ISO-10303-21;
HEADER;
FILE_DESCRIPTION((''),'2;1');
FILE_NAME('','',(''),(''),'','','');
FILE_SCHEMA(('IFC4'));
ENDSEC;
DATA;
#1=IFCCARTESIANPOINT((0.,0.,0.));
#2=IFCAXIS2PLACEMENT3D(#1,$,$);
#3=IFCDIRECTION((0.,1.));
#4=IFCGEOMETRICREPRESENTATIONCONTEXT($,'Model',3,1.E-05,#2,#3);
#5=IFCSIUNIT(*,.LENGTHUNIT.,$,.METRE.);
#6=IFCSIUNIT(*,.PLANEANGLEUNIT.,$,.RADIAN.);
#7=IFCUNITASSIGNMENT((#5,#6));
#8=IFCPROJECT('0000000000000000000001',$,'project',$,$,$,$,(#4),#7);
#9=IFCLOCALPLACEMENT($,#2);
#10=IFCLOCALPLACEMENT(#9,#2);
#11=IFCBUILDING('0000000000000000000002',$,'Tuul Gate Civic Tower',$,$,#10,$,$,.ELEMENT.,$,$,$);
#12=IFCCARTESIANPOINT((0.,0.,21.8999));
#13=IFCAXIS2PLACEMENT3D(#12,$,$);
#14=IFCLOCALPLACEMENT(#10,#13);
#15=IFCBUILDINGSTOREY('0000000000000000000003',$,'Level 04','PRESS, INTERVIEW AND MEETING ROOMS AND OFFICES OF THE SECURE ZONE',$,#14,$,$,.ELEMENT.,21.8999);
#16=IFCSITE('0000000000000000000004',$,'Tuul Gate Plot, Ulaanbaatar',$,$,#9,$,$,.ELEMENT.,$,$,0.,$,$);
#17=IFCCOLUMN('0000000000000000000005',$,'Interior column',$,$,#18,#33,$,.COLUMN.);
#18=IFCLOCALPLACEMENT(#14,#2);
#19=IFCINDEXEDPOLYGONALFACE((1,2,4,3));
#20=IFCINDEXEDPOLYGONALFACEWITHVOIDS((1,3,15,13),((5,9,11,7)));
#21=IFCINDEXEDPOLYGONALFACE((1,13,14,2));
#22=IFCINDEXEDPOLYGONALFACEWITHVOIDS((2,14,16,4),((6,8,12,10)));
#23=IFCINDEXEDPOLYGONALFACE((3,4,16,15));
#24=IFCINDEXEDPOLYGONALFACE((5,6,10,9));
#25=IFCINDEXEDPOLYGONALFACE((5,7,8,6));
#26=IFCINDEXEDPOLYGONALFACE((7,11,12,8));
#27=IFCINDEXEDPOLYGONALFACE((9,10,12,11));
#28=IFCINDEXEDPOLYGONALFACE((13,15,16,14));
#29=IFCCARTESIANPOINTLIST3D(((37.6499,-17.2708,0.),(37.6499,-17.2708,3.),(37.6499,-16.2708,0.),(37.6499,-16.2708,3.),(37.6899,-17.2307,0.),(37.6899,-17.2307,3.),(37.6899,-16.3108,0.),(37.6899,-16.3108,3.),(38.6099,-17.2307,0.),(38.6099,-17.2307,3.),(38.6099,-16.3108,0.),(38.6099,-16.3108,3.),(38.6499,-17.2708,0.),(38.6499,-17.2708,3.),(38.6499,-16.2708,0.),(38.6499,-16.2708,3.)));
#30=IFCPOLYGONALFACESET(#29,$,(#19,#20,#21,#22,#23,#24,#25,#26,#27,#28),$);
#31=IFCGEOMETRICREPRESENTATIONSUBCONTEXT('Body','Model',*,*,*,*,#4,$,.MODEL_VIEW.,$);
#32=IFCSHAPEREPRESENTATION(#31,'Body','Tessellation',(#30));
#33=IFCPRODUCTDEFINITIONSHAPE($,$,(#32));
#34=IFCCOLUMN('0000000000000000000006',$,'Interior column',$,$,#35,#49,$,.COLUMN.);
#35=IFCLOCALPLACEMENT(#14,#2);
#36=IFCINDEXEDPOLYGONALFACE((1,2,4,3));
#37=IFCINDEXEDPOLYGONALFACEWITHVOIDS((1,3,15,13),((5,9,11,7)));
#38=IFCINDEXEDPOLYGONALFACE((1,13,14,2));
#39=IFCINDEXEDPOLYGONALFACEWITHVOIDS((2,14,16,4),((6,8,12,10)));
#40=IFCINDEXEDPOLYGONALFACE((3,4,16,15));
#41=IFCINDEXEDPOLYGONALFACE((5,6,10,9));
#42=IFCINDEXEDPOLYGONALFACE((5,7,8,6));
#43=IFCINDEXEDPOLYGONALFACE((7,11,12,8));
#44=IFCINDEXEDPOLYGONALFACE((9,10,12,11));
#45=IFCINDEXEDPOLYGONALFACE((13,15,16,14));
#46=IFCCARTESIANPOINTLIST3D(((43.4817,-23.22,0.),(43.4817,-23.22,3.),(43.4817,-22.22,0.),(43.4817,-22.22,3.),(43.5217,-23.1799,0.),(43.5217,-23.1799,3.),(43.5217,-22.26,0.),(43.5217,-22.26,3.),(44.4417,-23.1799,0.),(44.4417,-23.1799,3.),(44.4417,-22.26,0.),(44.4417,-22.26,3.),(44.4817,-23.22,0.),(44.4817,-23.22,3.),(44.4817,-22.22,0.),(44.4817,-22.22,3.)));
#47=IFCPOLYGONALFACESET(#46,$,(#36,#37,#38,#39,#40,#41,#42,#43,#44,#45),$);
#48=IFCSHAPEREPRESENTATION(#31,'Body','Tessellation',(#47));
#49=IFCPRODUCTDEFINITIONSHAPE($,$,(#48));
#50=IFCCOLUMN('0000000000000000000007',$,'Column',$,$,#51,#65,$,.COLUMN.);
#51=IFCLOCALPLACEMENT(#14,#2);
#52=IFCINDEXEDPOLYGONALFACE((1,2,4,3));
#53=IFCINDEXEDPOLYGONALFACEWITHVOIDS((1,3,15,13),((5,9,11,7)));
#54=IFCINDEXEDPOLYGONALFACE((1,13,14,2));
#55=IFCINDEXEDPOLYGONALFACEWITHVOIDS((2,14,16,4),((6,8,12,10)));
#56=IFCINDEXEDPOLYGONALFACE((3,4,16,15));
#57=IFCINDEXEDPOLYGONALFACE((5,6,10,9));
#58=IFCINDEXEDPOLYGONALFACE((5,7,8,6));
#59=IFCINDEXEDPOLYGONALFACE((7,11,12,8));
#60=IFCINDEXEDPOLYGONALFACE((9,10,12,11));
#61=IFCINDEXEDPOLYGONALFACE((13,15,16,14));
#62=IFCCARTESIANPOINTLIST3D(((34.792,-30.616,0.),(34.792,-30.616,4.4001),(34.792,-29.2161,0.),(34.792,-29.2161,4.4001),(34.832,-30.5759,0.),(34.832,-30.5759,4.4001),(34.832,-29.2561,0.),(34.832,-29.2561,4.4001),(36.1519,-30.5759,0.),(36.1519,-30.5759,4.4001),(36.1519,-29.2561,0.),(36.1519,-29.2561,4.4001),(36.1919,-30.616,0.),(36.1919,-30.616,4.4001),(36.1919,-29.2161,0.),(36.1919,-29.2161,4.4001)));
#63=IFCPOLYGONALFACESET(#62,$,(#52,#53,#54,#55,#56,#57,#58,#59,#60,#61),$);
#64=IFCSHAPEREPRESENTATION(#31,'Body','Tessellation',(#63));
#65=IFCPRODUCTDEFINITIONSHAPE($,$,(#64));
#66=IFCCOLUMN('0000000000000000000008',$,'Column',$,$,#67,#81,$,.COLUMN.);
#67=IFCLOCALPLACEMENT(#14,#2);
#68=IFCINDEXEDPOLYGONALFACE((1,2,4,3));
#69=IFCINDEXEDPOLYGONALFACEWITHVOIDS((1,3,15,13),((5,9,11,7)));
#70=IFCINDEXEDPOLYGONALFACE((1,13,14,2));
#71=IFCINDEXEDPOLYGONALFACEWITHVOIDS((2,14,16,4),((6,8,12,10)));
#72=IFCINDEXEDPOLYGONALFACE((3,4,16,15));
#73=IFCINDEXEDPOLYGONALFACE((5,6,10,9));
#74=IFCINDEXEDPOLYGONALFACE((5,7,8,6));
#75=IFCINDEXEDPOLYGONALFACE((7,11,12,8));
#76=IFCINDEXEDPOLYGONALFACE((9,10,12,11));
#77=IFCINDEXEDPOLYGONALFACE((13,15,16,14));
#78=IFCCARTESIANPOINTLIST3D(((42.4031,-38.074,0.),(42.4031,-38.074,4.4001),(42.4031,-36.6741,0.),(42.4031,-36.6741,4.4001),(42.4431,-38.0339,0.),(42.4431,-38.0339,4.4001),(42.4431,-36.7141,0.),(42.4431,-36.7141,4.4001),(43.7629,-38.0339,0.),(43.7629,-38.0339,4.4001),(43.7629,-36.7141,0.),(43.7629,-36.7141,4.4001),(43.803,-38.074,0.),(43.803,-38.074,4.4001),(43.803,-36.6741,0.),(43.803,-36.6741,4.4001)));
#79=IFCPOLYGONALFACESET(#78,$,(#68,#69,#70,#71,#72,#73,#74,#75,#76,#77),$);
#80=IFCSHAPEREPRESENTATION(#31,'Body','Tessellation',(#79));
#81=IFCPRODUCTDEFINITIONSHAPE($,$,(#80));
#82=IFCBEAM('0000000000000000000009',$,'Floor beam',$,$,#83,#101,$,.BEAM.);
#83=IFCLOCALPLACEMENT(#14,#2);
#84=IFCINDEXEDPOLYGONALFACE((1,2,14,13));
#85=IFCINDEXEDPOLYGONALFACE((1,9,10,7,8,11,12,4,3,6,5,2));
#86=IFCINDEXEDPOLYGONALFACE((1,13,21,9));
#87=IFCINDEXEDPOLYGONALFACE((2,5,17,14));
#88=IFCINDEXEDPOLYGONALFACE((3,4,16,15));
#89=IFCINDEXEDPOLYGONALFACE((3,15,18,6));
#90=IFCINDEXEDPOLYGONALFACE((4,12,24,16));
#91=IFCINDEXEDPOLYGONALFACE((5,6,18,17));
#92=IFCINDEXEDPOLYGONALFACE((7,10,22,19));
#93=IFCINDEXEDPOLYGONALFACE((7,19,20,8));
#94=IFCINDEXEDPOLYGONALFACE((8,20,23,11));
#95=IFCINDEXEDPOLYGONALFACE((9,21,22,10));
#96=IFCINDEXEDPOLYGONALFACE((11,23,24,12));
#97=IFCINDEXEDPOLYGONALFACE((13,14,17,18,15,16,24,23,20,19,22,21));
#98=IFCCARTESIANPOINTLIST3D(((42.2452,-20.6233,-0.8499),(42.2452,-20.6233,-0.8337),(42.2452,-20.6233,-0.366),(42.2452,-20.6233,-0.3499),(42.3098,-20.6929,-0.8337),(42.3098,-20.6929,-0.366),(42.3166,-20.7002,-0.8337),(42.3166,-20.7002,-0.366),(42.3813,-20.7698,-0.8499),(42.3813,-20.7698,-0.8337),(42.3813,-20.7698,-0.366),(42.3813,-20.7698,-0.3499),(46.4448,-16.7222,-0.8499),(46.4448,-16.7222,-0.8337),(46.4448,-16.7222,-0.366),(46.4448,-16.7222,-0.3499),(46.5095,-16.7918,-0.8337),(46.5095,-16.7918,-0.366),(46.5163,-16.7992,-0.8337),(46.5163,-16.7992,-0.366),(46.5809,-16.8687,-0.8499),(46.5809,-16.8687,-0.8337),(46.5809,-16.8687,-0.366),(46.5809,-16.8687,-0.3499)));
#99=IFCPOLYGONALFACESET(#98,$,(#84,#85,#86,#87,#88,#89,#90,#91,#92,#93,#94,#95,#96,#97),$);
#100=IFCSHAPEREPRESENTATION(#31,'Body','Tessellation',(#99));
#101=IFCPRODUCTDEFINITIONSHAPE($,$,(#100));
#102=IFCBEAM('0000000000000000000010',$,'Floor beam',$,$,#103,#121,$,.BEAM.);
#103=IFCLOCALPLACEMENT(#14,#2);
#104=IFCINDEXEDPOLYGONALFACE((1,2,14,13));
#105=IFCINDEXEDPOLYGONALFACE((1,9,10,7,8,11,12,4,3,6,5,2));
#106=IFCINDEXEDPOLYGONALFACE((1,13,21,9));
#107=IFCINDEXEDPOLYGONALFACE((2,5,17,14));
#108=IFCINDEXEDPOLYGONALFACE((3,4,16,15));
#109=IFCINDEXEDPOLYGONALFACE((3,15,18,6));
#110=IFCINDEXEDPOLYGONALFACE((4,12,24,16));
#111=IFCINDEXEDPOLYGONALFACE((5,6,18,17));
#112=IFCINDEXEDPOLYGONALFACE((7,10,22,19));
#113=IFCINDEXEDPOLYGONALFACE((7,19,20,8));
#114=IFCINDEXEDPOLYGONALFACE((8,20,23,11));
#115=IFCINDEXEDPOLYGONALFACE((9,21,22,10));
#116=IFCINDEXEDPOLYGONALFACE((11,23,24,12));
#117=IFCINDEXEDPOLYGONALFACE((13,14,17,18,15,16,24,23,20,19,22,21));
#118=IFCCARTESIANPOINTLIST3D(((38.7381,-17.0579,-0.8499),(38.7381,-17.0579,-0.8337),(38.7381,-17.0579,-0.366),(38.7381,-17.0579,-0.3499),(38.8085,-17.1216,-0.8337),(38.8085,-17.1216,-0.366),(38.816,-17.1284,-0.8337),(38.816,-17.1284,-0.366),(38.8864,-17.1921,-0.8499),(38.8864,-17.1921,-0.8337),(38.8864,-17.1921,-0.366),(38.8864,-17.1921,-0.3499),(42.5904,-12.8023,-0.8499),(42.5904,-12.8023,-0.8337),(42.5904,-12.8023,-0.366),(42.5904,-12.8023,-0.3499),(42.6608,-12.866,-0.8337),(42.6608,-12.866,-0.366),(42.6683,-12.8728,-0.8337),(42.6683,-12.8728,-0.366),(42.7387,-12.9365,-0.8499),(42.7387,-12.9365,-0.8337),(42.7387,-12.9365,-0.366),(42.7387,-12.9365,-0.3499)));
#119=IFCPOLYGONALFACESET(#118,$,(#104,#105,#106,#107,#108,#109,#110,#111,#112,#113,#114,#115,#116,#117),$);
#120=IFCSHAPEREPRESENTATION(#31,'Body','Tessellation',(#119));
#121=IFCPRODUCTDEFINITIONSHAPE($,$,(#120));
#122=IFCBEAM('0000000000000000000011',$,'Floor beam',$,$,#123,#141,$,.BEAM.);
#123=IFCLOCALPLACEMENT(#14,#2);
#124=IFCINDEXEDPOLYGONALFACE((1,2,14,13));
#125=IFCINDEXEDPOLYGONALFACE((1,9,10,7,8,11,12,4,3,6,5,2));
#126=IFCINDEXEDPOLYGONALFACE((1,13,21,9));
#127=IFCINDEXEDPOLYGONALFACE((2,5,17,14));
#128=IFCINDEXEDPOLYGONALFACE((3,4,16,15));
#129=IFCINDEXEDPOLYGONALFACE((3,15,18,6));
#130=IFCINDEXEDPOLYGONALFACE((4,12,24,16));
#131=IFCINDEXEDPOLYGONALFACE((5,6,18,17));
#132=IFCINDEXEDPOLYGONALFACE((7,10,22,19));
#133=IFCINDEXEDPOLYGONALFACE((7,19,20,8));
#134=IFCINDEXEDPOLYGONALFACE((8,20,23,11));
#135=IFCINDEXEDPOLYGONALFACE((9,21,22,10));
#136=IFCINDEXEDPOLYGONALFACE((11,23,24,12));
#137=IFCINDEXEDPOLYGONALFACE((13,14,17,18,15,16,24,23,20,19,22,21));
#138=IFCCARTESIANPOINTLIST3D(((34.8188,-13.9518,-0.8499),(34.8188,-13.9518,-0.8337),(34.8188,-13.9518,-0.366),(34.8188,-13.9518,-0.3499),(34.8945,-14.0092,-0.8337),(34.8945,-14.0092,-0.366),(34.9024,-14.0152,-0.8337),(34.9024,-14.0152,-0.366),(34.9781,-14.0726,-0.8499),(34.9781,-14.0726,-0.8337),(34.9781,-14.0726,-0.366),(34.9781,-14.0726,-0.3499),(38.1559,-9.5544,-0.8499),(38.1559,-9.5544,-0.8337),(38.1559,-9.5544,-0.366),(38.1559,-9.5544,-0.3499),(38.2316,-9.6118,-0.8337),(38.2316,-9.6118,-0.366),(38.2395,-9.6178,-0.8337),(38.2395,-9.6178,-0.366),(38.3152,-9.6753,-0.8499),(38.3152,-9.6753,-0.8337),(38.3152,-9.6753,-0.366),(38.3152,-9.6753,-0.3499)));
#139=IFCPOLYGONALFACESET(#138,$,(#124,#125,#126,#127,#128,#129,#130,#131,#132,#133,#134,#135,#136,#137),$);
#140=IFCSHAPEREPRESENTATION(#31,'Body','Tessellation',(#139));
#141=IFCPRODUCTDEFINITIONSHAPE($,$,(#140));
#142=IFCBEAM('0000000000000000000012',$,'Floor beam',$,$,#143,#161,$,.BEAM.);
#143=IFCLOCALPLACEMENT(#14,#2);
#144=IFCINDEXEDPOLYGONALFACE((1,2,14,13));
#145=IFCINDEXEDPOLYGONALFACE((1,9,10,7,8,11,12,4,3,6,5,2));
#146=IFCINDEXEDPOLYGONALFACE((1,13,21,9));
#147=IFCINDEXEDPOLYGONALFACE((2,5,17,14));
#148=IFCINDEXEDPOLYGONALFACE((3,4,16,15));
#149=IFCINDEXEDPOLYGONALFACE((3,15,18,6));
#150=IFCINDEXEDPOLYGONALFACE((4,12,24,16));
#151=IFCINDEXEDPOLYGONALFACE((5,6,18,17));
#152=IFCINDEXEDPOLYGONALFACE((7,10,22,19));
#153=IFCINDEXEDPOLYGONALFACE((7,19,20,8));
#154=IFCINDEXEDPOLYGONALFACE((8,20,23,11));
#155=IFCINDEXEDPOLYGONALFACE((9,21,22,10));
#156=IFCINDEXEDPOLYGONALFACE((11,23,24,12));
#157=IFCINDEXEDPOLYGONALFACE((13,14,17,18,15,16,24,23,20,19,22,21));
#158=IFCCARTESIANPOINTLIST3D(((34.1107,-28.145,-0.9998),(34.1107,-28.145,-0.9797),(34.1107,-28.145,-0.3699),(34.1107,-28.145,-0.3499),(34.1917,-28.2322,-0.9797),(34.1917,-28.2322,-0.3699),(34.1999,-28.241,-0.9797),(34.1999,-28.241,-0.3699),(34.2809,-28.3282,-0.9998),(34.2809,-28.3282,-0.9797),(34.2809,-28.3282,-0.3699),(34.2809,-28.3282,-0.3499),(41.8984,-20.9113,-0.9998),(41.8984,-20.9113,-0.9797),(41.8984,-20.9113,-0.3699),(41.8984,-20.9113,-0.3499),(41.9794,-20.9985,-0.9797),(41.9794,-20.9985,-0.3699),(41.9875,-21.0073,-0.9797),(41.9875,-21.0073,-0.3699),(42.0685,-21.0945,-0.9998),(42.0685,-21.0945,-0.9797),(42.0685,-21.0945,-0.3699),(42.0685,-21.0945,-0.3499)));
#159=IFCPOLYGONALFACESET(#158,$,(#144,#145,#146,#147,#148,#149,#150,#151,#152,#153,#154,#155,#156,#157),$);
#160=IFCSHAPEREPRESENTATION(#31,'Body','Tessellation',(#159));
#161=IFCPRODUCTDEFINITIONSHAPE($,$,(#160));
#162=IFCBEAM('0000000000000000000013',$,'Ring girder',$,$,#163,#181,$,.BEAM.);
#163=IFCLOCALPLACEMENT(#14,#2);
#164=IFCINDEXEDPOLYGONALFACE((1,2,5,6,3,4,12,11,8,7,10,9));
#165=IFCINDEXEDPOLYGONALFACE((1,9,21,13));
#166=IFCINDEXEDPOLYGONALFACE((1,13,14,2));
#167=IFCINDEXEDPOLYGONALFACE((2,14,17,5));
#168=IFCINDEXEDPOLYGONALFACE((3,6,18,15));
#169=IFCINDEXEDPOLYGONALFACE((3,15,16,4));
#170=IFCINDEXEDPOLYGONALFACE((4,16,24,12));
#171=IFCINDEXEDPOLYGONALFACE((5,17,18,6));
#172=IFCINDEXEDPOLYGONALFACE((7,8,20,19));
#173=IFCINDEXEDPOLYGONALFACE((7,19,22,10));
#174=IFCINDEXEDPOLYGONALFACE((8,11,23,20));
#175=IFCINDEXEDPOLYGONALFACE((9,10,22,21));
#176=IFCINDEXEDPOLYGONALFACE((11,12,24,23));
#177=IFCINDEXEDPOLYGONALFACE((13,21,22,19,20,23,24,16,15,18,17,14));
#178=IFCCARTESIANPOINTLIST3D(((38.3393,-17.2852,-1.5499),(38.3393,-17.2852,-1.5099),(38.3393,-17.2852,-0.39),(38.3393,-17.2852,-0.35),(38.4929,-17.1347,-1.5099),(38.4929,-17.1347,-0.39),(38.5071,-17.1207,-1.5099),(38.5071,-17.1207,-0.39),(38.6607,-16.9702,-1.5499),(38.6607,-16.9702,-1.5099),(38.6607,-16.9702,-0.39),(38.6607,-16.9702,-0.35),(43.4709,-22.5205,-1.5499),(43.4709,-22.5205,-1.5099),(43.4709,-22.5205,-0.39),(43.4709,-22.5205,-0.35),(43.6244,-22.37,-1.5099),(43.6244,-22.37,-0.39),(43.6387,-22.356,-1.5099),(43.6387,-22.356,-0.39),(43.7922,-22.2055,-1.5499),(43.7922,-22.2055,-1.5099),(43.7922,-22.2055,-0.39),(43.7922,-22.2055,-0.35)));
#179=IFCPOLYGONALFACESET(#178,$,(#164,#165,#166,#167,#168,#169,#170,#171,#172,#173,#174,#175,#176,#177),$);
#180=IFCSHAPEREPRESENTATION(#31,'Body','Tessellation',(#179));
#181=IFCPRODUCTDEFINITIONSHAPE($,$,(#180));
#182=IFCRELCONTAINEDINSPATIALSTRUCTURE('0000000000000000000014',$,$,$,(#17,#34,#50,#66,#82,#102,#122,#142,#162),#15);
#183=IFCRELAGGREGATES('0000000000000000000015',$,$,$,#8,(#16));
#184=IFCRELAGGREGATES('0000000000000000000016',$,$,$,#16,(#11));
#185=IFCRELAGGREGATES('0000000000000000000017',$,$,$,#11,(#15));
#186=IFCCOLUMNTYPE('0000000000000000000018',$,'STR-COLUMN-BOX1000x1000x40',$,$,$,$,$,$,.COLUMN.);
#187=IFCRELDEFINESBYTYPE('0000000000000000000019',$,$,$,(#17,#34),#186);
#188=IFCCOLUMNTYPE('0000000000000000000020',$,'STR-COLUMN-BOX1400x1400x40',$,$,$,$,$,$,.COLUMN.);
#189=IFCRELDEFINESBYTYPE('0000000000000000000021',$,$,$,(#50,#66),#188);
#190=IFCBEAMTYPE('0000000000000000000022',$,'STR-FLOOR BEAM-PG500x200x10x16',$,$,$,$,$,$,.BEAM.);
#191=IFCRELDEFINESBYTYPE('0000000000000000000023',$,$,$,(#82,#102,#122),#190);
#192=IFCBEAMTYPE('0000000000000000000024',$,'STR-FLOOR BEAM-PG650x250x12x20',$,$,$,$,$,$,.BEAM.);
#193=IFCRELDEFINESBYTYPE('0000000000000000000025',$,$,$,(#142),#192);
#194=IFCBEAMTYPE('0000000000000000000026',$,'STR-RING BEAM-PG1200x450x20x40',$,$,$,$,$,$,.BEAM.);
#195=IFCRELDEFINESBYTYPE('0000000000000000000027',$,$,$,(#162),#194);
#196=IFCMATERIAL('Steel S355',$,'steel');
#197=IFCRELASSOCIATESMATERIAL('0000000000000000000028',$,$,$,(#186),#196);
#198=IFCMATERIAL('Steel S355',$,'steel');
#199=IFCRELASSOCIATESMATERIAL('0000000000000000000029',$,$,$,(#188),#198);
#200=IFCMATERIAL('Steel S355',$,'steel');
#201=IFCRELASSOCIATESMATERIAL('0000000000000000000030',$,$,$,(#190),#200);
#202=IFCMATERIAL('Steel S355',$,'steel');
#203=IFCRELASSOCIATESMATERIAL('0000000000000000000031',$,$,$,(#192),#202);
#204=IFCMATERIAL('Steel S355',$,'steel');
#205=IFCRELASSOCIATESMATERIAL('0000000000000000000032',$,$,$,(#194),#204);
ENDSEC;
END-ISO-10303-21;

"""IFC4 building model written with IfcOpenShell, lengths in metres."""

from ifc_helpers import new_model, si_unit, direction, frame, origin, origin_2d, place, context, subcontext, project, spatial, hollow_rectangle, i_section, extrude, material, material_profile, profile_set, type_object, element, save


model = new_model("IFC4")

# Units and contexts
model_context = context("Model", 3, precision=1e-05, world=origin(), true_north=direction((0.0, 1.0)))
body_context = subcontext(model_context, "Body", "Model", "MODEL_VIEW")
ifc_project = project(units=[si_unit("LENGTHUNIT", "METRE"), si_unit("PLANEANGLEUNIT", "RADIAN")], contexts=[model_context])

# Site, building, storey
site_placement = place(None, origin())
site = spatial("IfcSite", under=ifc_project, at=site_placement, Name="Tuul Gate Plot, Ulaanbaatar", CompositionType="ELEMENT", RefElevation=0.0)
building_placement = place(site_placement, origin())
building = spatial("IfcBuilding", under=site, at=building_placement, Name="Tuul Gate Civic Tower", CompositionType="ELEMENT")
storey_placement = place(building_placement, frame((0.0, 0.0, 21.8999)))
storey = spatial("IfcBuildingStorey", under=building, at=storey_placement, Name="Level 04", Description="PRESS, INTERVIEW AND MEETING ROOMS AND OFFICES OF THE SECURE ZONE", CompositionType="ELEMENT", Elevation=21.8999)

# Columns
ifc_material_1 = material(Name="Steel S355", Category="steel")
ifc_material_profile_1 = material_profile(ifc_material_1, hollow_rectangle(XDim=1.0, YDim=1.0, WallThickness=0.04, at=origin_2d()), Name="BOX1000x1000x40")
ifc_profile_set_1 = profile_set([ifc_material_profile_1], Name="Steel S355")
column_type_1 = type_object("IfcColumnType", Name="STR-COLUMN-BOX1000x1000x40", PredefinedType="COLUMN", material=ifc_profile_set_1)
for number, where, z_axis, x_axis, name in (
    (1, (38.1499, -16.7708, 0.0), (0.0, 0.0, 1.0), (1.0, 0.0, 0.0), "Interior column"),
    (2, (43.9817, -22.72, 0.0), (0.0, 0.0, 1.0), (1.0, 0.0, 0.0), "Interior column"),
):
    element("IfcColumn", number, at=place(storey_placement, frame(where, z_axis=z_axis, x_axis=x_axis)), inside=storey, type_object=column_type_1, Name=name, PredefinedType="COLUMN", context=body_context, shape_type="SweptSolid", body=[
        extrude(hollow_rectangle(XDim=1.0, YDim=1.0, WallThickness=0.04, at=origin_2d()), origin(), (0.0, 0.0, 1.0), 3.0),
    ])
ifc_material_2 = material(Name="Steel S355", Category="steel")
ifc_material_profile_2 = material_profile(ifc_material_2, hollow_rectangle(XDim=1.3999, YDim=1.3999, WallThickness=0.04, at=origin_2d()), Name="BOX1400x1400x40")
ifc_profile_set_2 = profile_set([ifc_material_profile_2], Name="Steel S355")
column_type_2 = type_object("IfcColumnType", Name="STR-COLUMN-BOX1400x1400x40", PredefinedType="COLUMN", material=ifc_profile_set_2)
for number, where, z_axis, x_axis, name in (
    (3, (35.4919, -29.916, 0.0), (0.0, 0.0, 1.0), (1.0, 0.0, 0.0), "Column"),
    (4, (43.103, -37.374, 0.0), (0.0, 0.0, 1.0), (1.0, 0.0, 0.0), "Column"),
):
    element("IfcColumn", number, at=place(storey_placement, frame(where, z_axis=z_axis, x_axis=x_axis)), inside=storey, type_object=column_type_2, Name=name, PredefinedType="COLUMN", context=body_context, shape_type="SweptSolid", body=[
        extrude(hollow_rectangle(XDim=1.3999, YDim=1.3999, WallThickness=0.04, at=origin_2d()), origin(), (0.0, 0.0, 1.0), 4.4001),
    ])

# Beams
ifc_material_3 = material(Name="Steel S355", Category="steel")
ifc_material_profile_3 = material_profile(ifc_material_3, i_section(OverallWidth=0.2, OverallDepth=0.5, WebThickness=0.01, FlangeThickness=0.0161, at=origin_2d()), Name="PG500x200x10x16")
ifc_profile_set_3 = profile_set([ifc_material_profile_3], Name="Steel S355")
beam_type_1 = type_object("IfcBeamType", Name="STR-FLOOR BEAM-PG500x200x10x16", PredefinedType="BEAM", material=ifc_profile_set_3)
beam_1_placement = place(storey_placement, frame((42.3132, -20.6965, -0.5999), z_axis=(0.732672, 0.680582, 0.0), x_axis=(-0.680582, 0.732672, 0.0)))
element("IfcBeam", 5, at=beam_1_placement, inside=storey, type_object=beam_type_1, Name="Floor beam", PredefinedType="BEAM", context=body_context, shape_type="SweptSolid", body=[
    extrude(i_section(OverallWidth=0.2, OverallDepth=0.5, WebThickness=0.01, FlangeThickness=0.0161, at=origin_2d()), origin(), (0.0, 0.0, 1.0), 5.7319),
])
beam_2_placement = place(storey_placement, frame((38.8123, -17.125, -0.5999), z_axis=(0.671103, 0.741364, 0.0), x_axis=(-0.741364, 0.671103, 0.0)))
element("IfcBeam", 6, at=beam_2_placement, inside=storey, type_object=beam_type_1, Name="Floor beam", PredefinedType="BEAM", context=body_context, shape_type="SweptSolid", body=[
    extrude(i_section(OverallWidth=0.2, OverallDepth=0.5, WebThickness=0.01, FlangeThickness=0.0161, at=origin_2d()), origin(), (0.0, 0.0, 1.0), 5.7402),
])
beam_3_placement = place(storey_placement, frame((34.8984, -14.0122, -0.5999), z_axis=(0.604519, 0.796591, 0.0), x_axis=(-0.796591, 0.604519, 0.0)))
element("IfcBeam", 7, at=beam_3_placement, inside=storey, type_object=beam_type_1, Name="Floor beam", PredefinedType="BEAM", context=body_context, shape_type="SweptSolid", body=[
    extrude(i_section(OverallWidth=0.2, OverallDepth=0.5, WebThickness=0.01, FlangeThickness=0.0161, at=origin_2d()), origin(), (0.0, 0.0, 1.0), 5.5203),
])
ifc_material_4 = material(Name="Steel S355", Category="steel")
ifc_material_profile_4 = material_profile(ifc_material_4, i_section(OverallWidth=0.25, OverallDepth=0.6499, WebThickness=0.012, FlangeThickness=0.02, at=origin_2d()), Name="PG650x250x12x20")
ifc_profile_set_4 = profile_set([ifc_material_profile_4], Name="Steel S355")
beam_type_2 = type_object("IfcBeamType", Name="STR-FLOOR BEAM-PG650x250x12x20", PredefinedType="BEAM", material=ifc_profile_set_4)
beam_4_placement = place(storey_placement, frame((34.1958, -28.2366, -0.6748), z_axis=(0.732685, 0.680567, 0.0), x_axis=(-0.680567, 0.732685, 0.0)))
element("IfcBeam", 8, at=beam_4_placement, inside=storey, type_object=beam_type_2, Name="Floor beam", PredefinedType="BEAM", context=body_context, shape_type="SweptSolid", body=[
    extrude(i_section(OverallWidth=0.25, OverallDepth=0.6499, WebThickness=0.012, FlangeThickness=0.02, at=origin_2d()), origin(), (0.0, 0.0, 1.0), 10.6289),
])
ifc_material_5 = material(Name="Steel S355", Category="steel")
ifc_material_profile_5 = material_profile(ifc_material_5, i_section(OverallWidth=0.45, OverallDepth=1.2, WebThickness=0.02, FlangeThickness=0.04, at=origin_2d()), Name="PG1200x450x20x40")
ifc_profile_set_5 = profile_set([ifc_material_profile_5], Name="Steel S355")
beam_type_3 = type_object("IfcBeamType", Name="STR-RING BEAM-PG1200x450x20x40", PredefinedType="BEAM", material=ifc_profile_set_5)
beam_5_placement = place(storey_placement, frame((38.5, -17.1277, -0.95), z_axis=(0.699994, -0.714148, 0.0), x_axis=(0.714148, 0.699994, 0.0)))
element("IfcBeam", 9, at=beam_5_placement, inside=storey, type_object=beam_type_3, Name="Ring girder", PredefinedType="BEAM", context=body_context, shape_type="SweptSolid", body=[
    extrude(i_section(OverallWidth=0.45, OverallDepth=1.2, WebThickness=0.02, FlangeThickness=0.04, at=origin_2d()), origin(), (0.0, 0.0, 1.0), 7.3308),
])

save(model, "model.ifc")
